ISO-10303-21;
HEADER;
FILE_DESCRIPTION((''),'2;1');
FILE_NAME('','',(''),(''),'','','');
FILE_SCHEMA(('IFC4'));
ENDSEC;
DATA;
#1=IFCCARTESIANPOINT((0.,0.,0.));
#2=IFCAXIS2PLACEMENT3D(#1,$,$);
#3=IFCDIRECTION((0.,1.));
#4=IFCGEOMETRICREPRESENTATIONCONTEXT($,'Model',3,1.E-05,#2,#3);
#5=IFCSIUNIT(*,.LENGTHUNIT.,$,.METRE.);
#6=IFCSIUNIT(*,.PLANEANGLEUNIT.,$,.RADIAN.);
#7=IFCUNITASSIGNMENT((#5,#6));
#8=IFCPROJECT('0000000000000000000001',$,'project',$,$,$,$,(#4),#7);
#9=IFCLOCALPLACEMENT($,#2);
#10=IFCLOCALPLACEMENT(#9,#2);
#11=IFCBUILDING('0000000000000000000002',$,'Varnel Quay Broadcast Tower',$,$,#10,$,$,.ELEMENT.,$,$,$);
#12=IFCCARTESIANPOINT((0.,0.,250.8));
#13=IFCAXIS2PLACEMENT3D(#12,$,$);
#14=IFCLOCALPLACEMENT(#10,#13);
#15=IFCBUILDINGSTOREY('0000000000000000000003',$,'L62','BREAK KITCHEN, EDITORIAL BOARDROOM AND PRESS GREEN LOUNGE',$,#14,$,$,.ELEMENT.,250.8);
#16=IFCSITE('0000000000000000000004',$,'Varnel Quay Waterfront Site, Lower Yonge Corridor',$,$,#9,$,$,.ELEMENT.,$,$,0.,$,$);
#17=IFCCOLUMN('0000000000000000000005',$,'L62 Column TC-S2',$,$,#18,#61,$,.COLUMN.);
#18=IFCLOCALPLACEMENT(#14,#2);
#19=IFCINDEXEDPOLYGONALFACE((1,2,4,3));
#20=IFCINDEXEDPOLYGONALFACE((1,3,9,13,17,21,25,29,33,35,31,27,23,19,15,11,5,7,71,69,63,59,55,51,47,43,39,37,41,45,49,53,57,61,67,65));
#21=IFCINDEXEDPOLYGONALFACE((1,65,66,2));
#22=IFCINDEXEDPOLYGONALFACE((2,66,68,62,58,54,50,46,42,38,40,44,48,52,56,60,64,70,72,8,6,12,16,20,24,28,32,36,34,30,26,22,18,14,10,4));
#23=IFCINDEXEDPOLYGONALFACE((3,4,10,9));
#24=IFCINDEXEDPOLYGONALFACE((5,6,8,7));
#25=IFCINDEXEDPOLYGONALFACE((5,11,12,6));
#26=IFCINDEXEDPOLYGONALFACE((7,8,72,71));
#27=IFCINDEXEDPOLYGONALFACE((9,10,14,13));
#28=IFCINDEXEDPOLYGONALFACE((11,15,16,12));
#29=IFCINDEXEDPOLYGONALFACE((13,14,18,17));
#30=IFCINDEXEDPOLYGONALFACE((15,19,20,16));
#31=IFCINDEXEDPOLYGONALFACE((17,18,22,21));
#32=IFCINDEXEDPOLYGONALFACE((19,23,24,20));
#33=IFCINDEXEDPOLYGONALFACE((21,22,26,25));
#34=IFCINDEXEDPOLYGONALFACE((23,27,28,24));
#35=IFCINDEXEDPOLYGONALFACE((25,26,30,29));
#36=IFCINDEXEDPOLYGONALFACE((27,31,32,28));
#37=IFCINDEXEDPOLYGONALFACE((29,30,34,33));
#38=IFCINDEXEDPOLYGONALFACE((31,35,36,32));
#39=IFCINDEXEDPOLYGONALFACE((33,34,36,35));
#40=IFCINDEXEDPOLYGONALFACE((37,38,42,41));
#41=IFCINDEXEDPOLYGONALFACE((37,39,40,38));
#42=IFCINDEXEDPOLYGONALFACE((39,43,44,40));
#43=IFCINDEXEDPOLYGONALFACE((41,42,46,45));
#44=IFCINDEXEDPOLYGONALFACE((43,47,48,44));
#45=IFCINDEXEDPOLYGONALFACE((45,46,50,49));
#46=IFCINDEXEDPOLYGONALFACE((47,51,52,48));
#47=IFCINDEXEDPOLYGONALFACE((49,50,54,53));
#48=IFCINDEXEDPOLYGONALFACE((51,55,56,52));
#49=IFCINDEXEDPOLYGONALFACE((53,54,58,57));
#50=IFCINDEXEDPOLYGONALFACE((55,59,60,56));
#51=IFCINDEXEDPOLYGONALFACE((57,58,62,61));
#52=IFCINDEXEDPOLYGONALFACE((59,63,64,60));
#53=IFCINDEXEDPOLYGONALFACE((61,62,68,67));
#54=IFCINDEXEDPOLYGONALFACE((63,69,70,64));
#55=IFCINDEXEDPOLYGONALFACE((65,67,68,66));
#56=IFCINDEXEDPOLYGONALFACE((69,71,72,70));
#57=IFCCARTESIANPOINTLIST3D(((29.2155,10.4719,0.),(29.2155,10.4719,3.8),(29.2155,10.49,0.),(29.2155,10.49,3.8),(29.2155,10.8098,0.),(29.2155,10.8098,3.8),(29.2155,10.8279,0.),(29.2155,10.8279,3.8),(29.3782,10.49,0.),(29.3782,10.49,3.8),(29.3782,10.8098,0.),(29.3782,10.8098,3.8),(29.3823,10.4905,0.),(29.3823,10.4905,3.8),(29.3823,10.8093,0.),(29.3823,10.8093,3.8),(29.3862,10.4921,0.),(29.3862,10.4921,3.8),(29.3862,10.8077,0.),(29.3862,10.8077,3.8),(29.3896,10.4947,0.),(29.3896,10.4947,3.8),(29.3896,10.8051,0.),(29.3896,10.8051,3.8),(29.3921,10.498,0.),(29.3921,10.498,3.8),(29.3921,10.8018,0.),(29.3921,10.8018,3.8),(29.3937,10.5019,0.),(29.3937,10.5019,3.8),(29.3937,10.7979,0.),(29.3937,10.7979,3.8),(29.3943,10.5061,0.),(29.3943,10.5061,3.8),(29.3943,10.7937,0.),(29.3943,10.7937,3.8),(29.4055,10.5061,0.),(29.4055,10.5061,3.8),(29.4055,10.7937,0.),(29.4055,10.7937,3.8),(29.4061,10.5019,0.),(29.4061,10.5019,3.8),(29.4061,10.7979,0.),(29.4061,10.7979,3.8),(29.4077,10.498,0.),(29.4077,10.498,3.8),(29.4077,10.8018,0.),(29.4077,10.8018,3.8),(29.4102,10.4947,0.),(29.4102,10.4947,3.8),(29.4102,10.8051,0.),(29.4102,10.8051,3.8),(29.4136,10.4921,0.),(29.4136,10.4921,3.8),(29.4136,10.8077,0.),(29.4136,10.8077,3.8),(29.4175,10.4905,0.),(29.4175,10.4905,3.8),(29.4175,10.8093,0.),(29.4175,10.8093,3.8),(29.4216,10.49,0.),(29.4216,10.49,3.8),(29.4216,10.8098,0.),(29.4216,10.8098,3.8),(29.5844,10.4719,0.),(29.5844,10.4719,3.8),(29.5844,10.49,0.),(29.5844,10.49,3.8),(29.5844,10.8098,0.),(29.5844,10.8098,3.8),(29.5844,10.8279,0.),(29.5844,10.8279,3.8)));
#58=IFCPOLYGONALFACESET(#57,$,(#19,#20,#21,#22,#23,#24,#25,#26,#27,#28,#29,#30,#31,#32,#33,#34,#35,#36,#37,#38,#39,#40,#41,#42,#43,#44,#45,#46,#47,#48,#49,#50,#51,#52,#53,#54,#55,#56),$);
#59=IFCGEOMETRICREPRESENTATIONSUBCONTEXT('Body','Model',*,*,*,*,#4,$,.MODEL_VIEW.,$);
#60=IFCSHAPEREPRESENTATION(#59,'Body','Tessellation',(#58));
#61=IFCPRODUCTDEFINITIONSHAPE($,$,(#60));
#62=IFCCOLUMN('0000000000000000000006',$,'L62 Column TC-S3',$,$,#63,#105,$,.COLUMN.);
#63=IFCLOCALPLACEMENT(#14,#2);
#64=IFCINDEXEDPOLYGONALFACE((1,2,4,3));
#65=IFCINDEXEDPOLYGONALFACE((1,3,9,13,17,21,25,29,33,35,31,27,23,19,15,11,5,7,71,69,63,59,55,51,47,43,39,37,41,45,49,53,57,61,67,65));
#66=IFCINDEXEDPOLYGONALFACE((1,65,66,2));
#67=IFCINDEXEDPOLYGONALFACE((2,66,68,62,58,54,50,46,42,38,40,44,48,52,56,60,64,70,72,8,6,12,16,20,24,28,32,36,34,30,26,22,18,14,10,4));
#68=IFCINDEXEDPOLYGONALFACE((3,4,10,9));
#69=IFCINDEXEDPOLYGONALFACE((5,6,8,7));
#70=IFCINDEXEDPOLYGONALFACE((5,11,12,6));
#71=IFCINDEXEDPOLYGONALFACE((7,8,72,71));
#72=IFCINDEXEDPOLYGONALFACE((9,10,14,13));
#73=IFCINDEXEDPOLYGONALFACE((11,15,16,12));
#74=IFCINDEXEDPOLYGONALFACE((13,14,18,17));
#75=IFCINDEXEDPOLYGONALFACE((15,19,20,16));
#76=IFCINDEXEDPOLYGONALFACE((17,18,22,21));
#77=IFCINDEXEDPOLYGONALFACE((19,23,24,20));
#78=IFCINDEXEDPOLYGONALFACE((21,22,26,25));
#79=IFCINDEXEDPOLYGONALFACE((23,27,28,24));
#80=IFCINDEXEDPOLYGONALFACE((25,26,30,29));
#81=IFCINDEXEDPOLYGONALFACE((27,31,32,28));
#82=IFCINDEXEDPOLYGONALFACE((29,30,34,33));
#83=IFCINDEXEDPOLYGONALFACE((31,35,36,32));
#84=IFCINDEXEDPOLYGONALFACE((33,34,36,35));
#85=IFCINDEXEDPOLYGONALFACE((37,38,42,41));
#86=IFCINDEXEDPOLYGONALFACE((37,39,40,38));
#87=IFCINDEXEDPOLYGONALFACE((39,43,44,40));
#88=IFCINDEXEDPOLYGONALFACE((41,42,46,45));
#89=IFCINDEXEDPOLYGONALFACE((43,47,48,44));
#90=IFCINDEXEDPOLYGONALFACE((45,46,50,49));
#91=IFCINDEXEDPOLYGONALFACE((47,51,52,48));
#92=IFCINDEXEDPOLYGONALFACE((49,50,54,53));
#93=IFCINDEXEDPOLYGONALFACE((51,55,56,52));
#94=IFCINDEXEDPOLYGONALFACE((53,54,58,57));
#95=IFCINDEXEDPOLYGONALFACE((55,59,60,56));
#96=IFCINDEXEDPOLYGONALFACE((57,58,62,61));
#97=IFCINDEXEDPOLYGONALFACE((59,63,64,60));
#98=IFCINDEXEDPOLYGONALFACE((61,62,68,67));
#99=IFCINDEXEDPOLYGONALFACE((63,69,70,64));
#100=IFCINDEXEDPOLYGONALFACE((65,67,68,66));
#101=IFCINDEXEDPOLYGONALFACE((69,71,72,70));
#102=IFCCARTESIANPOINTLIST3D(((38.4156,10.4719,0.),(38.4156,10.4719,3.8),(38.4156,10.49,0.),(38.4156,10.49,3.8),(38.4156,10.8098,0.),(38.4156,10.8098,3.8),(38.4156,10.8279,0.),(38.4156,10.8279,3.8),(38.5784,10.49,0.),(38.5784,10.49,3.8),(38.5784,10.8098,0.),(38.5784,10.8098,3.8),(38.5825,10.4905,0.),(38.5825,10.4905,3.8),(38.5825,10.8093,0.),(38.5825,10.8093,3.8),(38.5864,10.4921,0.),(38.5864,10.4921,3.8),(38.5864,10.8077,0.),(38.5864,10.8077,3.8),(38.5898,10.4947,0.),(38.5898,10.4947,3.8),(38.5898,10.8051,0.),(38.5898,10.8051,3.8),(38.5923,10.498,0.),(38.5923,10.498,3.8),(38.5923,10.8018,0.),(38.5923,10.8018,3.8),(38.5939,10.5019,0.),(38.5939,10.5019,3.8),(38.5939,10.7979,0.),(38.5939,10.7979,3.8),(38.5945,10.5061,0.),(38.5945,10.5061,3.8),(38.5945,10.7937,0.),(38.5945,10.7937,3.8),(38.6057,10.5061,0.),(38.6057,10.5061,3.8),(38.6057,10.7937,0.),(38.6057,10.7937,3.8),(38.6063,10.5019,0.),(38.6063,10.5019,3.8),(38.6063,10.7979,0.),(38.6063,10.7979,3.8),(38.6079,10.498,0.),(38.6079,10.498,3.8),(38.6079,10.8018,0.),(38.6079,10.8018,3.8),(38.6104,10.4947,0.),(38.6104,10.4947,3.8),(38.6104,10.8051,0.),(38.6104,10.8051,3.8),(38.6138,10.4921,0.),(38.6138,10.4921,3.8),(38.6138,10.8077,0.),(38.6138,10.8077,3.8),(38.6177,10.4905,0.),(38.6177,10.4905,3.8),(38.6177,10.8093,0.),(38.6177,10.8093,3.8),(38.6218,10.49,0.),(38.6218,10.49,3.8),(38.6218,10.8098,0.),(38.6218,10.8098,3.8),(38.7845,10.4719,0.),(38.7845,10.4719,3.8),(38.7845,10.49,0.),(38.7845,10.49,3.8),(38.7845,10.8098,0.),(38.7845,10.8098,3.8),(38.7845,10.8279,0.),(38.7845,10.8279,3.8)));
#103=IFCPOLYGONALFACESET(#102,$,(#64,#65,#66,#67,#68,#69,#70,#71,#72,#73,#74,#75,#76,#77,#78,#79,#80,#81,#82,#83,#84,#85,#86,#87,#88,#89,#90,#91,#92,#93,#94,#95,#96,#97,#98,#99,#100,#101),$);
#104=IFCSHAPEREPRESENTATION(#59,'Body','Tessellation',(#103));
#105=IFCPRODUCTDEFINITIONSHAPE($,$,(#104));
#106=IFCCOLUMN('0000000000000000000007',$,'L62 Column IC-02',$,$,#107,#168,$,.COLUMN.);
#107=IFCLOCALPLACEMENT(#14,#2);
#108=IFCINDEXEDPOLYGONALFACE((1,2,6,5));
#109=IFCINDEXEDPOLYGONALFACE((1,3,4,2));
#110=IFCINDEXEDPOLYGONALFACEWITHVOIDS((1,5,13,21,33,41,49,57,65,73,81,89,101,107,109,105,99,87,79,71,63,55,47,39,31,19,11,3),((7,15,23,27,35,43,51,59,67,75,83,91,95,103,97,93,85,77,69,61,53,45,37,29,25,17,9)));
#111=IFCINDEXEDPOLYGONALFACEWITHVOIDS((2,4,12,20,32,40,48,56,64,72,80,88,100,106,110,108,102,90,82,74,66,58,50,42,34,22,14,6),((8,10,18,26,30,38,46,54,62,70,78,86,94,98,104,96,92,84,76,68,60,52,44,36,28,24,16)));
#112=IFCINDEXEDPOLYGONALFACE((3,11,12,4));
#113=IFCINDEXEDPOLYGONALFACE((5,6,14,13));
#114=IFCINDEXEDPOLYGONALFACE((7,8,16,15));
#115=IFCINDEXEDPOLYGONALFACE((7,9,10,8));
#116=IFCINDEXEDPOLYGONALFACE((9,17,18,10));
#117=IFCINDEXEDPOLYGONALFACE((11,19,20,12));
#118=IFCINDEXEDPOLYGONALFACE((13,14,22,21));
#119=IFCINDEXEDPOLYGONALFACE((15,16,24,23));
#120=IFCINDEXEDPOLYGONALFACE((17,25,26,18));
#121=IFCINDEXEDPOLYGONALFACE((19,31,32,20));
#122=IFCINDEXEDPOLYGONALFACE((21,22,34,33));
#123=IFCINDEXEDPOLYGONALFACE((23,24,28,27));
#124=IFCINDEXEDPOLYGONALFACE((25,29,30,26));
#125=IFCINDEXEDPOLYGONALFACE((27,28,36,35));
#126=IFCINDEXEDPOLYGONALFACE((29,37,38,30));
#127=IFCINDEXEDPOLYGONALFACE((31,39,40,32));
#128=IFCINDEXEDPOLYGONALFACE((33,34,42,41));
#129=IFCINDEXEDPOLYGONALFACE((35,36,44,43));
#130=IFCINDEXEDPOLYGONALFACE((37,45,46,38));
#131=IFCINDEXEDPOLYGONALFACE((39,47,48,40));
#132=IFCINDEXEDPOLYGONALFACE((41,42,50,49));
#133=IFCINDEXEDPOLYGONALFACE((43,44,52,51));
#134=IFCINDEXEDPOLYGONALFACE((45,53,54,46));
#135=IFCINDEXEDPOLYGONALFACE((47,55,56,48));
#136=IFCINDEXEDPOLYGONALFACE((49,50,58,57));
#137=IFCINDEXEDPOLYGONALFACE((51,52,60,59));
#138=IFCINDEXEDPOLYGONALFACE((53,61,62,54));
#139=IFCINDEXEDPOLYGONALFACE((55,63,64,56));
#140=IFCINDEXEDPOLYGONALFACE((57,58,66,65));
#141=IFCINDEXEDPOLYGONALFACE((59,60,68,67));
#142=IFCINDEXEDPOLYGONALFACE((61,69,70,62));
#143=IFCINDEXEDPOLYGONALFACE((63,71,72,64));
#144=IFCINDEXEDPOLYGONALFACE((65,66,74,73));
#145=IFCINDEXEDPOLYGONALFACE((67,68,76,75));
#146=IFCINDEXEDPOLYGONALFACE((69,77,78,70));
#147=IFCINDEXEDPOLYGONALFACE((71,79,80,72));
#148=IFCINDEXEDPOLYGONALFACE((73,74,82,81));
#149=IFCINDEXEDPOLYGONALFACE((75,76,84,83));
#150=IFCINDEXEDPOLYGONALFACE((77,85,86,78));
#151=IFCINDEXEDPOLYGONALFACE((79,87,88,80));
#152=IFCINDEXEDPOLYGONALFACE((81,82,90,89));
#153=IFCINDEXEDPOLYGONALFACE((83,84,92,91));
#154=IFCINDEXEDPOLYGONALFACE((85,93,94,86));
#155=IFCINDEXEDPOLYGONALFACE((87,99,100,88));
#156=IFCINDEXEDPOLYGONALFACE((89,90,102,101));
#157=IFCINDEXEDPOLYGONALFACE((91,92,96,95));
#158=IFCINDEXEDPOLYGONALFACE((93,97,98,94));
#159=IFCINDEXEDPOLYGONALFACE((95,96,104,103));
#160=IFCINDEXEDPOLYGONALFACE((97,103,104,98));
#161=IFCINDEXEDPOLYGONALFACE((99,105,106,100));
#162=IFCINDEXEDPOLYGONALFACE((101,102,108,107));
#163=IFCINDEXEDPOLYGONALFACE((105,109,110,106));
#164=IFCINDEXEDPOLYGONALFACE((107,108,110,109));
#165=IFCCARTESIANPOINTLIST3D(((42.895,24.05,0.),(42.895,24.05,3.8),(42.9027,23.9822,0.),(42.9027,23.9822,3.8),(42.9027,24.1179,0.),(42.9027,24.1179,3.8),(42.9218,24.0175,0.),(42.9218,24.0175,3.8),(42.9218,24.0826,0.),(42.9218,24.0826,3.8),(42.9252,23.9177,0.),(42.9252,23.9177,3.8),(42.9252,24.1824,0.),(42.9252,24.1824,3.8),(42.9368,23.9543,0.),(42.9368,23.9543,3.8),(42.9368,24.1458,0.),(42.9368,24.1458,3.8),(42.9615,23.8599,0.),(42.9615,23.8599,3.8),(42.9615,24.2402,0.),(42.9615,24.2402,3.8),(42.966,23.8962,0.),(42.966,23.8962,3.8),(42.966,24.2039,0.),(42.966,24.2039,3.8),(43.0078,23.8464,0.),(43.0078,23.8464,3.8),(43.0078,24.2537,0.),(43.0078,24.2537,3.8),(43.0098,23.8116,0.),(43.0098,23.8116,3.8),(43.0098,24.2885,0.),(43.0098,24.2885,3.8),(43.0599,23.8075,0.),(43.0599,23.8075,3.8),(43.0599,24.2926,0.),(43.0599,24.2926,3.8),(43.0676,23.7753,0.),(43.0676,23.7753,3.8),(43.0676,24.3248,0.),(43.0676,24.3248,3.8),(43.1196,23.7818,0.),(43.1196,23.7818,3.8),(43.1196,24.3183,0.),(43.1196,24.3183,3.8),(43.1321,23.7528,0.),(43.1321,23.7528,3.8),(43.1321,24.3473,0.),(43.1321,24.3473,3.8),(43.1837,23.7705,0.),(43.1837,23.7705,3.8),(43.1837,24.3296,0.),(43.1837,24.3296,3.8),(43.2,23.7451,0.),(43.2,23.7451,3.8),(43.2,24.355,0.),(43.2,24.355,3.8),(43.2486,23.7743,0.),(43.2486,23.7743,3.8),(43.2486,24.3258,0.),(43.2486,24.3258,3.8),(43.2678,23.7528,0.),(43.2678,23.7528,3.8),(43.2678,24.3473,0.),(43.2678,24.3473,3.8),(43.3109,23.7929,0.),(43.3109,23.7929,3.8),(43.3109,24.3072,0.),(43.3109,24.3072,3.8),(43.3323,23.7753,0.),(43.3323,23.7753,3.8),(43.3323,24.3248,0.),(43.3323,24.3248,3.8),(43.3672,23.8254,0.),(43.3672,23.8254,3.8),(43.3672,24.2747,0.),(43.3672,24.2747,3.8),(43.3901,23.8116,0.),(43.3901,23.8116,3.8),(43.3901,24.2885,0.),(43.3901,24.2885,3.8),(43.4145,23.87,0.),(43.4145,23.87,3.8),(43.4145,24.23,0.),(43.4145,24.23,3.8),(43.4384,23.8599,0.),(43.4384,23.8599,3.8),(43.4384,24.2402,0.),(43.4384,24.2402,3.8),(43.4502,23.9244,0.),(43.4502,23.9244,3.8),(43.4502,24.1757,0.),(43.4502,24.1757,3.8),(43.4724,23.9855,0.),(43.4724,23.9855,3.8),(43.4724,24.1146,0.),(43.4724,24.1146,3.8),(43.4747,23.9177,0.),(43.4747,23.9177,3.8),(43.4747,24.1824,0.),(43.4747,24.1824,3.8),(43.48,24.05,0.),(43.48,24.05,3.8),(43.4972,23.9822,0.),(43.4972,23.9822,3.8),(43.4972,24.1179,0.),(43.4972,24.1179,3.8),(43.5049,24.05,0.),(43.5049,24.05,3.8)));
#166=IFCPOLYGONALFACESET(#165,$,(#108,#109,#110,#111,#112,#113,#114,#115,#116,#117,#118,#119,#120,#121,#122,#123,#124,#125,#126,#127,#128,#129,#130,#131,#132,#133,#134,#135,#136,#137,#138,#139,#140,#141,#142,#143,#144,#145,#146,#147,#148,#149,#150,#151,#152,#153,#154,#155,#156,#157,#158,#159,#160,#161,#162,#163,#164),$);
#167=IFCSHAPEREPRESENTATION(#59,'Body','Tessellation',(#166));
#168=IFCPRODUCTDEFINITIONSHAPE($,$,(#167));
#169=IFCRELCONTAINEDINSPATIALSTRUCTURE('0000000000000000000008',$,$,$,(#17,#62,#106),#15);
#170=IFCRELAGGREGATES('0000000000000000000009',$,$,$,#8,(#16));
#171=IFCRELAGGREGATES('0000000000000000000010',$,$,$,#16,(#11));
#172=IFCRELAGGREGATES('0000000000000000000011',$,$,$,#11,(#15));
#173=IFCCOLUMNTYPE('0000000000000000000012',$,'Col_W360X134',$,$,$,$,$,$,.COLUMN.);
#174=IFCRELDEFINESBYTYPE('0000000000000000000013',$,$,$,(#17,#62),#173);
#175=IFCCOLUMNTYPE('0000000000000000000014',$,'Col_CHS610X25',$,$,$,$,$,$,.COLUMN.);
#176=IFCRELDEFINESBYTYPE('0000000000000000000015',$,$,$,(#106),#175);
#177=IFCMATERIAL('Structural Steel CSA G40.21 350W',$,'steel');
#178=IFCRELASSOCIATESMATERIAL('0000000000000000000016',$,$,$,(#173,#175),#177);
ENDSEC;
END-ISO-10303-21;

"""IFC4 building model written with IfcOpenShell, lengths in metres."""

from ifc_helpers import new_model, si_unit, direction, frame, origin, origin_2d, place, context, subcontext, project, spatial, hollow_circle, i_section, extrude, source, transform, mapped, material, material_profile, profile_set, type_object, type_shapes, element, save


model = new_model("IFC4")

# Units and contexts
model_context = context("Model", 3, precision=1e-05, world=origin(), true_north=direction((0.0, 1.0)))
body_context = subcontext(model_context, "Body", "Model", "MODEL_VIEW")
ifc_project = project(units=[si_unit("LENGTHUNIT", "METRE"), si_unit("PLANEANGLEUNIT", "RADIAN")], contexts=[model_context])

# Site, building, storey
site_placement = place(None, origin())
site = spatial("IfcSite", under=ifc_project, at=site_placement, Name="Varnel Quay Waterfront Site, Lower Yonge Corridor", CompositionType="ELEMENT", RefElevation=0.0)
building_placement = place(site_placement, origin())
building = spatial("IfcBuilding", under=site, at=building_placement, Name="Varnel Quay Broadcast Tower", CompositionType="ELEMENT")
storey_placement = place(building_placement, frame((0.0, 0.0, 250.8)))
storey = spatial("IfcBuildingStorey", under=building, at=storey_placement, Name="L62", Description="BREAK KITCHEN, EDITORIAL BOARDROOM AND PRESS GREEN LOUNGE", CompositionType="ELEMENT", Elevation=250.8)

# Columns
ifc_material_1 = material(Name="Structural Steel CSA G40.21 350W", Category="steel")
ifc_material_profile_1 = material_profile(ifc_material_1, i_section(OverallWidth=0.3689, OverallDepth=0.356, WebThickness=0.0112, FlangeThickness=0.0181, FilletRadius=0.0161, at=origin_2d()), Name="W360X134")
ifc_profile_set_1 = profile_set([ifc_material_profile_1], Name="Structural Steel CSA G40.21 350W")
column_type_1 = type_object("IfcColumnType", Name="Col_W360X134", PredefinedType="COLUMN", material=ifc_profile_set_1)
shared_shape_1 = source(origin(), body_context, "Body", "SweptSolid", [
    extrude(i_section(OverallWidth=0.3689, OverallDepth=0.356, WebThickness=0.0112, FlangeThickness=0.0181, FilletRadius=0.0161, at=origin_2d()), origin(), (0.0, 0.0, 1.0), 3.8),
])
type_shapes(column_type_1, [shared_shape_1])
for number, where, z_axis, x_axis, name in (
    (1, (29.3999, 10.6499, 0.0), (0.0, 0.0, 1.0), (1.0, 0.0, 0.0), "L62 Column TC-S2"),
    (2, (38.6001, 10.6499, 0.0), (0.0, 0.0, 1.0), (1.0, 0.0, 0.0), "L62 Column TC-S3"),
):
    element("IfcColumn", number, at=place(storey_placement, frame(where, z_axis=z_axis, x_axis=x_axis)), inside=storey, type_object=column_type_1, Name=name, PredefinedType="COLUMN", context=body_context, shape_type="MappedRepresentation", body=[
        mapped(shared_shape_1, transform((0.0, 0.0, 0.0), x_axis=(1.0, 0.0, 0.0), y_axis=(0.0, 1.0, 0.0), z_axis=(0.0, 0.0, 1.0), scale=1.0)),
    ])
ifc_material_profile_2 = material_profile(ifc_material_1, hollow_circle(Radius=0.3049, WallThickness=0.0249, at=origin_2d()), Name="CHS610X25")
ifc_profile_set_2 = profile_set([ifc_material_profile_2], Name="Structural Steel CSA G40.21 350W")
column_type_2 = type_object("IfcColumnType", Name="Col_CHS610X25", PredefinedType="COLUMN", material=ifc_profile_set_2)
shared_shape_2 = source(origin(), body_context, "Body", "SweptSolid", [
    extrude(hollow_circle(Radius=0.3049, WallThickness=0.0249, at=origin_2d()), origin(), (0.0, 0.0, 1.0), 3.8),
])
type_shapes(column_type_2, [shared_shape_2])
column_placement = place(storey_placement, frame((43.2, 24.05, 0.0), z_axis=(0.0, 0.0, 1.0), x_axis=(1.0, 0.0, 0.0)))
element("IfcColumn", 3, at=column_placement, inside=storey, type_object=column_type_2, Name="L62 Column IC-02", PredefinedType="COLUMN", context=body_context, shape_type="MappedRepresentation", body=[
    mapped(shared_shape_2, transform((0.0, 0.0, 0.0), x_axis=(1.0, 0.0, 0.0), y_axis=(0.0, 1.0, 0.0), z_axis=(0.0, 0.0, 1.0), scale=1.0)),
])

save(model, "model.ifc")
